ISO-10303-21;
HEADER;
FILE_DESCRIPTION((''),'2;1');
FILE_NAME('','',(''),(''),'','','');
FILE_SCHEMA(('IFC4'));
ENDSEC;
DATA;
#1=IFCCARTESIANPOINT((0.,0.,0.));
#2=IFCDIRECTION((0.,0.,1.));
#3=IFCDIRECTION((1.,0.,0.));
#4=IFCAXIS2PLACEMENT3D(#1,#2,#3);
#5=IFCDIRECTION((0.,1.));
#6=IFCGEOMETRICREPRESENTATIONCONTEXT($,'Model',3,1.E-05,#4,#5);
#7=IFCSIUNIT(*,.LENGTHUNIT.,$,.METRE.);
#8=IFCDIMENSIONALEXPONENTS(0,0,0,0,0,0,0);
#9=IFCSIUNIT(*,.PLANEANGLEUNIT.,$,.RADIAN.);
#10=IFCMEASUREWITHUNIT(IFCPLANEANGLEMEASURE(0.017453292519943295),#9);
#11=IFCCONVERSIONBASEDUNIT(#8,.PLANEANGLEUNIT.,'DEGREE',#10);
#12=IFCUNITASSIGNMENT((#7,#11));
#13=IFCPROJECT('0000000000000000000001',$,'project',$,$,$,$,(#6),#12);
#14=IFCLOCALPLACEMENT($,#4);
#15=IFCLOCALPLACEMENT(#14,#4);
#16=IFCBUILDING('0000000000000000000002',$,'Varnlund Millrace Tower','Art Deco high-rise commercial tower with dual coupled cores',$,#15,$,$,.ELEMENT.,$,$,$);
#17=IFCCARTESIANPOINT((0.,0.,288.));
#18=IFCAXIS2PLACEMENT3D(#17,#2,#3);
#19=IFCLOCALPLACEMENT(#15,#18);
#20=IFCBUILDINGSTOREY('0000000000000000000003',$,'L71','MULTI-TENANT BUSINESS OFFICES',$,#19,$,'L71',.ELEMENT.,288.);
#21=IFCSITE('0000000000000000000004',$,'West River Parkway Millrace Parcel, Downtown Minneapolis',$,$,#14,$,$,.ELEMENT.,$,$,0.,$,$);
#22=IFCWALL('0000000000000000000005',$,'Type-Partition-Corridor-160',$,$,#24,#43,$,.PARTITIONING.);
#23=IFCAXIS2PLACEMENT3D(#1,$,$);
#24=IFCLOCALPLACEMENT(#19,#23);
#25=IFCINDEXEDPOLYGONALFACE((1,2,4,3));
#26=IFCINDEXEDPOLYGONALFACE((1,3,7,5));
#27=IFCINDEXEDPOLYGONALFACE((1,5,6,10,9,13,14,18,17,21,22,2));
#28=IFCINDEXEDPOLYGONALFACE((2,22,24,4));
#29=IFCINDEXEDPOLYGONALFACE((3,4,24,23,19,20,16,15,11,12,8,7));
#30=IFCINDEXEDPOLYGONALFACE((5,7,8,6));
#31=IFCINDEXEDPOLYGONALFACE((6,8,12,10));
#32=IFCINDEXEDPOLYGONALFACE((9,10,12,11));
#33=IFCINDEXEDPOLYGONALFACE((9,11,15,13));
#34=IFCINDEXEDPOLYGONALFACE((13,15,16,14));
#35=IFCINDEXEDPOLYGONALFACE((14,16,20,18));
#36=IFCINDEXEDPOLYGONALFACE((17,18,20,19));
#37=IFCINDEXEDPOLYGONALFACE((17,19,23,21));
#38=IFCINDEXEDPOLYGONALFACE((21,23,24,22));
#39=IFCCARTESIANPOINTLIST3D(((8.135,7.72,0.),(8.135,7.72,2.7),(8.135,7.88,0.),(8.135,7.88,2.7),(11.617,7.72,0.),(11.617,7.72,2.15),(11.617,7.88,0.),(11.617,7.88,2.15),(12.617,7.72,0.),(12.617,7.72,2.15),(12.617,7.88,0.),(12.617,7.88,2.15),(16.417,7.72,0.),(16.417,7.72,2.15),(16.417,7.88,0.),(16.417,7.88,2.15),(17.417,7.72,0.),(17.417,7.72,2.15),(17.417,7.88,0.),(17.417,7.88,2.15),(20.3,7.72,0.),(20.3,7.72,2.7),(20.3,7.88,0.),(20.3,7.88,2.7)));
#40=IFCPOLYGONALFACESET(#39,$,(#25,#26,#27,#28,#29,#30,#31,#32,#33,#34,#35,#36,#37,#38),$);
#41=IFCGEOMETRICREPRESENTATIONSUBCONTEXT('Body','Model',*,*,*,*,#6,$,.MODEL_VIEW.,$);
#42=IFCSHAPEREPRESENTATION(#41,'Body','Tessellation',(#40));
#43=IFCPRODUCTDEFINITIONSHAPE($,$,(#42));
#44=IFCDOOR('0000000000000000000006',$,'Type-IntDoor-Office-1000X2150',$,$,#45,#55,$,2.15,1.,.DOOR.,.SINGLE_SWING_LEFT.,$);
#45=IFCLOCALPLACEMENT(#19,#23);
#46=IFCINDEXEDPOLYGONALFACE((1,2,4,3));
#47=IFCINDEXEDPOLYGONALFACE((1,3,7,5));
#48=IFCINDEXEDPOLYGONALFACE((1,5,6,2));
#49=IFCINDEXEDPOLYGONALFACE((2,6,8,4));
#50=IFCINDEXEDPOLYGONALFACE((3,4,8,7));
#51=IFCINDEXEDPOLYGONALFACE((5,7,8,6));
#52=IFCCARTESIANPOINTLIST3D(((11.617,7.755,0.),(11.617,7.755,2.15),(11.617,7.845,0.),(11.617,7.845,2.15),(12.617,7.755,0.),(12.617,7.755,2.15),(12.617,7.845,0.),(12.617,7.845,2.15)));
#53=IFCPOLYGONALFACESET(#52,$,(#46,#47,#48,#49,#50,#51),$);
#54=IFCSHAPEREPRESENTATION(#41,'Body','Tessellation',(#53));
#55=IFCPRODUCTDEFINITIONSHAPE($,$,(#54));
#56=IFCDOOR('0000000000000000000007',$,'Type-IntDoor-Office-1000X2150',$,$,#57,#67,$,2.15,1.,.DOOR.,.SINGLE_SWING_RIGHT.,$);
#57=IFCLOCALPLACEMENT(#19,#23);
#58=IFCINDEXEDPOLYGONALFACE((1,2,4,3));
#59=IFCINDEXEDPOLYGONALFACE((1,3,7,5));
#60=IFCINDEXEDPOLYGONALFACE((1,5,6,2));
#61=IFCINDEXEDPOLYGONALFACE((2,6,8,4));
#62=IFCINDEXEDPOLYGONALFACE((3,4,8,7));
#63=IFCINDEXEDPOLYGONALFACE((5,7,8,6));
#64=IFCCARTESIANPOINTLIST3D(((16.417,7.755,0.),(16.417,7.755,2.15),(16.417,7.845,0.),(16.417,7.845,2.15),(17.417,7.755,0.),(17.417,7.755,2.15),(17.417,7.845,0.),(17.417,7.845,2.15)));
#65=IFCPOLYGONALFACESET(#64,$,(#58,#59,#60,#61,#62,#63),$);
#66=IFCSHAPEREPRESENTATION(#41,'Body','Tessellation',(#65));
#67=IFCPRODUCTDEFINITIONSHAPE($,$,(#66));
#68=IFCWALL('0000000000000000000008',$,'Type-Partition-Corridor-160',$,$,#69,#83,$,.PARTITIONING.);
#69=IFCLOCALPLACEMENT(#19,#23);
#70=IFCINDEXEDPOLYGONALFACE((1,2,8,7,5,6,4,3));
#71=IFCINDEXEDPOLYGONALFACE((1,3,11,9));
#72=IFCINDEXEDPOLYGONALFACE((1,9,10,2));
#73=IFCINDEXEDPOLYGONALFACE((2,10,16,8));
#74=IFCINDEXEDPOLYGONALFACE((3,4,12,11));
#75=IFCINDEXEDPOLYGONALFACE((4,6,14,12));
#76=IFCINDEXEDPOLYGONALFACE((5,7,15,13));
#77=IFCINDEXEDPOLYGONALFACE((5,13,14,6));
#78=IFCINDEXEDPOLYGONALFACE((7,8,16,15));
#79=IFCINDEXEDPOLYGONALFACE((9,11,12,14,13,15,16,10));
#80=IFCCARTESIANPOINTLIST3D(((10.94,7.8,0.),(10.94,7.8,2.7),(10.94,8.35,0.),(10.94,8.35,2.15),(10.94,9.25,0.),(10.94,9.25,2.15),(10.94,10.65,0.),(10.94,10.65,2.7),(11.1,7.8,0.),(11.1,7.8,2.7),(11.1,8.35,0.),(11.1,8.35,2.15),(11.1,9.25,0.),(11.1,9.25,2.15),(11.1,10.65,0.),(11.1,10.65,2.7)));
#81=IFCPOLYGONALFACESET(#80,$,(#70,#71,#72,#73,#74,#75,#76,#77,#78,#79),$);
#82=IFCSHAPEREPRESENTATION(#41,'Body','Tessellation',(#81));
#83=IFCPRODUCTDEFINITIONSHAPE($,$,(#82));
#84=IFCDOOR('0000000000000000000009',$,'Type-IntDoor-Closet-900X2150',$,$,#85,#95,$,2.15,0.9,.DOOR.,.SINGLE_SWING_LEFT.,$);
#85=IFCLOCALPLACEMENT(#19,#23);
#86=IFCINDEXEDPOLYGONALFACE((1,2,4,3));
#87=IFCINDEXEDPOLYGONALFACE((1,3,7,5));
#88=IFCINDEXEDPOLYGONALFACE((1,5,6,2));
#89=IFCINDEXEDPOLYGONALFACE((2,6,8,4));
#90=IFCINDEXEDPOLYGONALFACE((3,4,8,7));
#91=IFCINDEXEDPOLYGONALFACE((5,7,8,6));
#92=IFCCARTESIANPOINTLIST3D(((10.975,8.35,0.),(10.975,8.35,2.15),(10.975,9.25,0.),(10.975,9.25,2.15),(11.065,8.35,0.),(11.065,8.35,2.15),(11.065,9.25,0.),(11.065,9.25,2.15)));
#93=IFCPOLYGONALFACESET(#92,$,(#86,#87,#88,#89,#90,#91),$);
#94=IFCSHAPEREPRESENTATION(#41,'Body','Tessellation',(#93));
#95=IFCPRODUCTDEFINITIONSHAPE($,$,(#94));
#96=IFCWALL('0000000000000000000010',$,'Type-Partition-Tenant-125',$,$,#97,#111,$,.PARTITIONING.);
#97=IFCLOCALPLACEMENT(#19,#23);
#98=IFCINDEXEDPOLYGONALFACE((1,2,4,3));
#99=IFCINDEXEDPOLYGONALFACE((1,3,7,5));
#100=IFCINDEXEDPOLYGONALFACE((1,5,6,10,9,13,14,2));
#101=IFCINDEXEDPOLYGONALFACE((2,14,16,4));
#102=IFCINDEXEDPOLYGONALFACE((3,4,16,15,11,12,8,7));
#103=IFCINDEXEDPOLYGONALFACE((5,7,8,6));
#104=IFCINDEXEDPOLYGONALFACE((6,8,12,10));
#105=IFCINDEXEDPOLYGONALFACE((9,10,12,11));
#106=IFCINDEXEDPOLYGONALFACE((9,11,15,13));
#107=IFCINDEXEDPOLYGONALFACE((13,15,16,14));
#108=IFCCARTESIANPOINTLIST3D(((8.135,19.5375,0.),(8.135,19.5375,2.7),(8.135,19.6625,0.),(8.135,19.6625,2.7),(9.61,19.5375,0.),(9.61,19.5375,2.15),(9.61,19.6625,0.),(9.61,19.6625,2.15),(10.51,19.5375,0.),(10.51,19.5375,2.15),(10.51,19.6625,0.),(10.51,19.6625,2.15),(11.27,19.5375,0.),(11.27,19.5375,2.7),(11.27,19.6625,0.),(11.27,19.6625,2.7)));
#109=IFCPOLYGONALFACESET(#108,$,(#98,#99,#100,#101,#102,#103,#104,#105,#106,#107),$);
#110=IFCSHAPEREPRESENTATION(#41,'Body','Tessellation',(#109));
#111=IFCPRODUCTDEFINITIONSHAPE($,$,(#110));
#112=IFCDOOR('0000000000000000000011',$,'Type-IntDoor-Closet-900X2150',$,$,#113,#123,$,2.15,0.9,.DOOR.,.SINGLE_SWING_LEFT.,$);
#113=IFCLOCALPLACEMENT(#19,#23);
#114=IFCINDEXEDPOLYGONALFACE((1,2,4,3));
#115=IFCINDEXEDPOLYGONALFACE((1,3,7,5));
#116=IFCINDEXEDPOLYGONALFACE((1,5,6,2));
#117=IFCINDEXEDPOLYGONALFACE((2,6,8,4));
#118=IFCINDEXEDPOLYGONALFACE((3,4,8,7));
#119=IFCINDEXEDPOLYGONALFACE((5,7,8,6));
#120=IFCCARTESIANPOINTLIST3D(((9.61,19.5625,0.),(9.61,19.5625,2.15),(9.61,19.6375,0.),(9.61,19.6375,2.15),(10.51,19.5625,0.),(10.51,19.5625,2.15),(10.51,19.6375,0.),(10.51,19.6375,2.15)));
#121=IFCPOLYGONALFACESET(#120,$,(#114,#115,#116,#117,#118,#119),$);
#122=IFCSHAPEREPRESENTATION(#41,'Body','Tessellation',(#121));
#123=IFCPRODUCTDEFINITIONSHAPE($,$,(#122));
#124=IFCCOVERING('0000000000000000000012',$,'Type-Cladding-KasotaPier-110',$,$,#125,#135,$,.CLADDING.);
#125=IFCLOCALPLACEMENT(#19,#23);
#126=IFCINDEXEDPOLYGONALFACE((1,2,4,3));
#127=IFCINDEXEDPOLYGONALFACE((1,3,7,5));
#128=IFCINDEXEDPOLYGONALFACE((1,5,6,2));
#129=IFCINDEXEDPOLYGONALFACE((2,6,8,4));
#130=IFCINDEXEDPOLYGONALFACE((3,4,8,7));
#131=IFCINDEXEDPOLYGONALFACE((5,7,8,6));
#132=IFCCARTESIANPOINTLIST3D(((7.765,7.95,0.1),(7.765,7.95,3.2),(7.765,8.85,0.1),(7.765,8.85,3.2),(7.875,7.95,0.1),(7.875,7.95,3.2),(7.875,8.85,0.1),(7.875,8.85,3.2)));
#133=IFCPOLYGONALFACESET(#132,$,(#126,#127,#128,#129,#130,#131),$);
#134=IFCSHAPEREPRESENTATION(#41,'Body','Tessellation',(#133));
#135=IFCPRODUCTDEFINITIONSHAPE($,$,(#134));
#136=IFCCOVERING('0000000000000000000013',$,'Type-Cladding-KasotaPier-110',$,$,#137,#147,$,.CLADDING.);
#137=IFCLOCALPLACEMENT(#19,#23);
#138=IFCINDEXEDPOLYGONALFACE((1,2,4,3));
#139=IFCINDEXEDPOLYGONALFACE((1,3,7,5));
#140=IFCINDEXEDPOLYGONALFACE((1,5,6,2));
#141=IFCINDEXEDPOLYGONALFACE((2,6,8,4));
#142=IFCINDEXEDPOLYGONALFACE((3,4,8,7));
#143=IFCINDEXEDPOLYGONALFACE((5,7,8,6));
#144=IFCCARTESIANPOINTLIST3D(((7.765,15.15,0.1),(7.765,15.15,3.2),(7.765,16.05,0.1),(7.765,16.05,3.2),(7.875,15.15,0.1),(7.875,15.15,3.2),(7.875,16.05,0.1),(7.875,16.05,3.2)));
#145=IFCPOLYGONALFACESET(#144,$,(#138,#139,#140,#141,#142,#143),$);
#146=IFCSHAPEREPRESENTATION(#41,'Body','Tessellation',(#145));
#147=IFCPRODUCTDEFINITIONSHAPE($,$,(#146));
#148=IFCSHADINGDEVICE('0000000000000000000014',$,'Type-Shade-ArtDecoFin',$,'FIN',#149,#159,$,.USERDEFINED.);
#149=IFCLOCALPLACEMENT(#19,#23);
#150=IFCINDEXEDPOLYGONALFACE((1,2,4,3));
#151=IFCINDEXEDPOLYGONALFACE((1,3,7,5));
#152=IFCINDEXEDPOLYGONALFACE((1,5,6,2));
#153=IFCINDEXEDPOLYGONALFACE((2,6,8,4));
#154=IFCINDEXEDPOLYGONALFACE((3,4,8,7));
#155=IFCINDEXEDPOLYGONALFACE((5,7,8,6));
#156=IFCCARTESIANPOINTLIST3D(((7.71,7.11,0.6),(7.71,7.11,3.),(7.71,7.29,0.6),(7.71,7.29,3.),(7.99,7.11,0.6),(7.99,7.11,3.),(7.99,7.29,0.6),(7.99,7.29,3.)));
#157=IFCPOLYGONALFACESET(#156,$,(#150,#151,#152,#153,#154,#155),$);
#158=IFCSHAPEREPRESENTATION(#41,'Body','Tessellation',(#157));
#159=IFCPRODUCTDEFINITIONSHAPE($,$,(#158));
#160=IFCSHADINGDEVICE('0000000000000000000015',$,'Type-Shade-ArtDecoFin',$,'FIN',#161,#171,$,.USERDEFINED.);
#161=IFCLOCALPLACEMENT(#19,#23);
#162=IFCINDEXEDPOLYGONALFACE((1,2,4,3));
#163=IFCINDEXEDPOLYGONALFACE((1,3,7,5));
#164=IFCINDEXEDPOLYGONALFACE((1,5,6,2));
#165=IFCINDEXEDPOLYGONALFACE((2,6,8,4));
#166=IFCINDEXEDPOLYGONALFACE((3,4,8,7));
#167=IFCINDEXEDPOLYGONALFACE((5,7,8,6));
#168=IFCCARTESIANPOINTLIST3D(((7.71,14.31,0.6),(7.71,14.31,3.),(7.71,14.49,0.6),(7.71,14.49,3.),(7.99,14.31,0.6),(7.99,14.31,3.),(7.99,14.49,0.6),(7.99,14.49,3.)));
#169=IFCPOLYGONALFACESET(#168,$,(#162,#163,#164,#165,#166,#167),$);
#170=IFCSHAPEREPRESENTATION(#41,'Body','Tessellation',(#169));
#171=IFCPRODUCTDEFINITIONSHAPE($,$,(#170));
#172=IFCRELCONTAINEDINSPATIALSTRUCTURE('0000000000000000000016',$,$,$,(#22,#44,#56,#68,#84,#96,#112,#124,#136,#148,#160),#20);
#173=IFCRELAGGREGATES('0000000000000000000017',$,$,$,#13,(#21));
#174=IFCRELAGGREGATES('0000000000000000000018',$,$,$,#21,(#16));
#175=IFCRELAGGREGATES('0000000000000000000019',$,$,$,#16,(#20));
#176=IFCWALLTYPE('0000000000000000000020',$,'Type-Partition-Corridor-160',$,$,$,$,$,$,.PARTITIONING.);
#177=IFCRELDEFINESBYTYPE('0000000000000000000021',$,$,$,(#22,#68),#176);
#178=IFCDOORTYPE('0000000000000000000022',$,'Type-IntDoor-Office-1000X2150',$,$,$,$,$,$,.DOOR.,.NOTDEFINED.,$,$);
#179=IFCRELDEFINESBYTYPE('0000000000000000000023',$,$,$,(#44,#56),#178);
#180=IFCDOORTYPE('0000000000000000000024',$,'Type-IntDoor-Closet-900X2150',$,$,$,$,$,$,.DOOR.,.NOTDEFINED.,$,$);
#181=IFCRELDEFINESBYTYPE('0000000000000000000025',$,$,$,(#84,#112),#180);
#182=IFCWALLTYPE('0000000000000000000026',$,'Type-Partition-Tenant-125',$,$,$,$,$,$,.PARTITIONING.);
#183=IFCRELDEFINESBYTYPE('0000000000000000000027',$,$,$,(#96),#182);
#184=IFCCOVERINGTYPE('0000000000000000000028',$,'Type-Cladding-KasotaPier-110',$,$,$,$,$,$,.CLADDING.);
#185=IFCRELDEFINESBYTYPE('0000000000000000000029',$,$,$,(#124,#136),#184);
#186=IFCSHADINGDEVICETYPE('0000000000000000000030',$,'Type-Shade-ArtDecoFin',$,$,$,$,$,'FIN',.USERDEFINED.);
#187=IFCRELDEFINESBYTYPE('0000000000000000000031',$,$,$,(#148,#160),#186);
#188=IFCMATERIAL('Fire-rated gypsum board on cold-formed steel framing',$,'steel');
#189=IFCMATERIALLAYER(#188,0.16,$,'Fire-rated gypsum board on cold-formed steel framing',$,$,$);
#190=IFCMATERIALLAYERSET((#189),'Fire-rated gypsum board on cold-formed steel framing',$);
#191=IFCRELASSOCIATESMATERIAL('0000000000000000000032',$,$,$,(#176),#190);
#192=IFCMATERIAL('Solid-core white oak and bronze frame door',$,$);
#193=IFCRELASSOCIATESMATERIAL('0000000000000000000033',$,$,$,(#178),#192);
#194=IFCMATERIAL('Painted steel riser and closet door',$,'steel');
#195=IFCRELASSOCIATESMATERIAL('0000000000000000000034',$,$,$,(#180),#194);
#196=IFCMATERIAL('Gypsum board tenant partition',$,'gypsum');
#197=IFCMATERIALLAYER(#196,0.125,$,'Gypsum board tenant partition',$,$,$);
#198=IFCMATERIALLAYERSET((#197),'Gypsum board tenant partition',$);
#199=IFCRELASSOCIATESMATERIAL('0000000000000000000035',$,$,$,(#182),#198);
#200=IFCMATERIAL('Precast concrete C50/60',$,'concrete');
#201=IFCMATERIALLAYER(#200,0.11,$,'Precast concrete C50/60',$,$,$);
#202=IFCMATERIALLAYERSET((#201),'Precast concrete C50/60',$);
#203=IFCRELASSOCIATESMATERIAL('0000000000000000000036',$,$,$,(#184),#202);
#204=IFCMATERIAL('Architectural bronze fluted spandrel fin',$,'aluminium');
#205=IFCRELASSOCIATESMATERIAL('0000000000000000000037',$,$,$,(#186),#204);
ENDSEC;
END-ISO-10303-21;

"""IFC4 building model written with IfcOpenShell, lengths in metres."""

from ifc_helpers import new_model, entity, si_unit, converted_unit, direction, frame, origin_with_axes, origin_2d_with_axis, place, context, subcontext, project, spatial, polyline, rectangle, outline, extrude, material, layer, layer_set, type_object, element, fill, save


model = new_model("IFC4")

# Units and contexts
model_context = context("Model", 3, precision=1e-05, world=origin_with_axes(), true_north=direction((0.0, 1.0)))
body_context = subcontext(model_context, "Body", "Model", "MODEL_VIEW")
ifc_project = project(units=[si_unit("LENGTHUNIT", "METRE"), converted_unit("PLANEANGLEUNIT", "DEGREE", entity("IfcPlaneAngleMeasure", 0.017453292519943295), si_unit("PLANEANGLEUNIT", "RADIAN"), dimensions=[0, 0, 0, 0, 0, 0, 0])], contexts=[model_context])

# Site, building, storey
site_placement = place(None, origin_with_axes())
site = spatial("IfcSite", under=ifc_project, at=site_placement, Name="West River Parkway Millrace Parcel, Downtown Minneapolis", CompositionType="ELEMENT", RefElevation=0.0)
building_placement = place(site_placement, origin_with_axes())
building = spatial("IfcBuilding", under=site, at=building_placement, Name="Varnlund Millrace Tower", Description="Art Deco high-rise commercial tower with dual coupled cores", CompositionType="ELEMENT")
storey_placement = place(building_placement, frame((0.0, 0.0, 288.0), z_axis=(0.0, 0.0, 1.0), x_axis=(1.0, 0.0, 0.0)))
storey = spatial("IfcBuildingStorey", under=building, at=storey_placement, Name="L71", Description="MULTI-TENANT BUSINESS OFFICES", LongName="L71", CompositionType="ELEMENT", Elevation=288.0)

# Shared definitions
ifc_material_1 = material(Name="Precast concrete C50/60", Category="concrete")

# Wall, openings, doors
ifc_material_2 = material(Name="Fire-rated gypsum board on cold-formed steel framing", Category="steel")
ifc_layer_1 = layer(ifc_material_2, 0.16, Name="Fire-rated gypsum board on cold-formed steel framing")
ifc_layer_set_1 = layer_set([ifc_layer_1], Name="Fire-rated gypsum board on cold-formed steel framing")
wall_type_1 = type_object("IfcWallType", Name="Type-Partition-Corridor-160", PredefinedType="PARTITIONING", material=ifc_layer_set_1)
wall_1_placement = place(storey_placement, frame((8.135, 7.8, 0.0), z_axis=(0.0, 0.0, 1.0), x_axis=(1.0, 0.0, 0.0)))
wall_1 = element("IfcWall", 1, at=wall_1_placement, inside=storey, type_object=wall_type_1, Name="Type-Partition-Corridor-160", PredefinedType="PARTITIONING", context=body_context, shape_type="SweptSolid", body=[
    extrude(outline(polyline([(0.0, -0.08), (12.165, -0.08), (12.165, 0.08), (0.0, 0.08), (0.0, -0.08)])), origin_with_axes(), (0.0, 0.0, 1.0), 2.7),
])
opening_1_placement = place(wall_1_placement, frame((3.982, 0.0, 0.0), z_axis=(0.0, 0.0, 1.0), x_axis=(1.0, 0.0, 0.0)))
opening_1 = element("IfcOpeningElement", 2, at=opening_1_placement, cuts=wall_1, PredefinedType="OPENING", context=body_context, shape_type="SweptSolid", body=[
    extrude(rectangle(XDim=1.0, YDim=0.18, at=origin_2d_with_axis()), origin_with_axes(), (0.0, 0.0, 1.0), 2.15),
])
opening_2_placement = place(wall_1_placement, frame((8.782, 0.0, 0.0), z_axis=(0.0, 0.0, 1.0), x_axis=(1.0, 0.0, 0.0)))
opening_2 = element("IfcOpeningElement", 3, at=opening_2_placement, cuts=wall_1, PredefinedType="OPENING", context=body_context, shape_type="SweptSolid", body=[
    extrude(rectangle(XDim=1.0, YDim=0.18, at=origin_2d_with_axis()), origin_with_axes(), (0.0, 0.0, 1.0), 2.15),
])
ifc_material_3 = material(Name="Solid-core white oak and bronze frame door")
door_type_1 = type_object("IfcDoorType", Name="Type-IntDoor-Office-1000X2150", OperationType="NOTDEFINED", PredefinedType="DOOR", material=ifc_material_3)
door_1_placement = place(wall_1_placement, frame((3.982, 0.0, 0.0), z_axis=(0.0, 0.0, 1.0), x_axis=(1.0, 0.0, 0.0)))
door_1 = element("IfcDoor", 4, at=door_1_placement, inside=storey, type_object=door_type_1, Name="Type-IntDoor-Office-1000X2150", OperationType="SINGLE_SWING_LEFT", OverallHeight=2.15, OverallWidth=1.0, PredefinedType="DOOR", context=body_context, shape_type="SweptSolid", body=[
    extrude(rectangle(XDim=1.0, YDim=0.09, at=origin_2d_with_axis()), origin_with_axes(), (0.0, 0.0, 1.0), 2.15),
])
fill(opening_1, door_1)
door_2_placement = place(wall_1_placement, frame((8.782, 0.0, 0.0), z_axis=(0.0, 0.0, 1.0), x_axis=(1.0, 0.0, 0.0)))
door_2 = element("IfcDoor", 5, at=door_2_placement, inside=storey, type_object=door_type_1, Name="Type-IntDoor-Office-1000X2150", OperationType="SINGLE_SWING_RIGHT", OverallHeight=2.15, OverallWidth=1.0, PredefinedType="DOOR", context=body_context, shape_type="SweptSolid", body=[
    extrude(rectangle(XDim=1.0, YDim=0.09, at=origin_2d_with_axis()), origin_with_axes(), (0.0, 0.0, 1.0), 2.15),
])
fill(opening_2, door_2)

# Walls, openings, doors
wall_2_placement = place(storey_placement, frame((11.02, 7.8, 0.0), z_axis=(0.0, 0.0, 1.0), x_axis=(0.0, 1.0, 0.0)))
wall_2 = element("IfcWall", 6, at=wall_2_placement, inside=storey, type_object=wall_type_1, Name="Type-Partition-Corridor-160", PredefinedType="PARTITIONING", context=body_context, shape_type="SweptSolid", body=[
    extrude(outline(polyline([(0.0, -0.08), (2.85, -0.08), (2.85, 0.08), (0.0, 0.08), (0.0, -0.08)])), origin_with_axes(), (0.0, 0.0, 1.0), 2.7),
])
opening_3_placement = place(wall_2_placement, frame((1.0, 0.0, 0.0), z_axis=(0.0, 0.0, 1.0), x_axis=(1.0, 0.0, 0.0)))
opening_3 = element("IfcOpeningElement", 7, at=opening_3_placement, cuts=wall_2, PredefinedType="OPENING", context=body_context, shape_type="SweptSolid", body=[
    extrude(rectangle(XDim=0.9, YDim=0.18, at=origin_2d_with_axis()), origin_with_axes(), (0.0, 0.0, 1.0), 2.15),
])
ifc_material_4 = material(Name="Painted steel riser and closet door", Category="steel")
door_type_2 = type_object("IfcDoorType", Name="Type-IntDoor-Closet-900X2150", OperationType="NOTDEFINED", PredefinedType="DOOR", material=ifc_material_4)
door_3_placement = place(wall_2_placement, frame((1.0, 0.0, 0.0), z_axis=(0.0, 0.0, 1.0), x_axis=(1.0, 0.0, 0.0)))
door_3 = element("IfcDoor", 8, at=door_3_placement, inside=storey, type_object=door_type_2, Name="Type-IntDoor-Closet-900X2150", OperationType="SINGLE_SWING_LEFT", OverallHeight=2.15, OverallWidth=0.9, PredefinedType="DOOR", context=body_context, shape_type="SweptSolid", body=[
    extrude(rectangle(XDim=0.9, YDim=0.09, at=origin_2d_with_axis()), origin_with_axes(), (0.0, 0.0, 1.0), 2.15),
])
fill(opening_3, door_3)
ifc_material_5 = material(Name="Gypsum board tenant partition", Category="gypsum")
ifc_layer_2 = layer(ifc_material_5, 0.125, Name="Gypsum board tenant partition")
ifc_layer_set_2 = layer_set([ifc_layer_2], Name="Gypsum board tenant partition")
wall_type_2 = type_object("IfcWallType", Name="Type-Partition-Tenant-125", PredefinedType="PARTITIONING", material=ifc_layer_set_2)
wall_3_placement = place(storey_placement, frame((8.135, 19.6, 0.0), z_axis=(0.0, 0.0, 1.0), x_axis=(1.0, 0.0, 0.0)))
wall_3 = element("IfcWall", 9, at=wall_3_placement, inside=storey, type_object=wall_type_2, Name="Type-Partition-Tenant-125", PredefinedType="PARTITIONING", context=body_context, shape_type="SweptSolid", body=[
    extrude(outline(polyline([(0.0, -0.0625), (3.135, -0.0625), (3.135, 0.0625), (0.0, 0.0625), (0.0, -0.0625)])), origin_with_axes(), (0.0, 0.0, 1.0), 2.7),
])
opening_4_placement = place(wall_3_placement, frame((1.925, 0.0, 0.0), z_axis=(0.0, 0.0, 1.0), x_axis=(1.0, 0.0, 0.0)))
opening_4 = element("IfcOpeningElement", 10, at=opening_4_placement, cuts=wall_3, PredefinedType="OPENING", context=body_context, shape_type="SweptSolid", body=[
    extrude(rectangle(XDim=0.9, YDim=0.145, at=origin_2d_with_axis()), origin_with_axes(), (0.0, 0.0, 1.0), 2.15),
])
door_4_placement = place(wall_3_placement, frame((1.925, 0.0, 0.0), z_axis=(0.0, 0.0, 1.0), x_axis=(1.0, 0.0, 0.0)))
door_4 = element("IfcDoor", 11, at=door_4_placement, inside=storey, type_object=door_type_2, Name="Type-IntDoor-Closet-900X2150", OperationType="SINGLE_SWING_LEFT", OverallHeight=2.15, OverallWidth=0.9, PredefinedType="DOOR", context=body_context, shape_type="SweptSolid", body=[
    extrude(rectangle(XDim=0.9, YDim=0.075, at=origin_2d_with_axis()), origin_with_axes(), (0.0, 0.0, 1.0), 2.15),
])
fill(opening_4, door_4)

# Coverings
ifc_layer_3 = layer(ifc_material_1, 0.11, Name="Precast concrete C50/60")
ifc_layer_set_3 = layer_set([ifc_layer_3], Name="Precast concrete C50/60")
covering_type = type_object("IfcCoveringType", Name="Type-Cladding-KasotaPier-110", PredefinedType="CLADDING", material=ifc_layer_set_3)
for number, where, z_axis, x_axis, name in (
    (12, (7.82, 8.4, 0.1), (0.0, 0.0, 1.0), (1.0, 0.0, 0.0), "Type-Cladding-KasotaPier-110"),
    (13, (7.82, 15.6, 0.1), (0.0, 0.0, 1.0), (1.0, 0.0, 0.0), "Type-Cladding-KasotaPier-110"),
):
    element("IfcCovering", number, at=place(storey_placement, frame(where, z_axis=z_axis, x_axis=x_axis)), inside=storey, type_object=covering_type, Name=name, PredefinedType="CLADDING", context=body_context, shape_type="SweptSolid", body=[
        extrude(rectangle(XDim=0.11, YDim=0.9, at=origin_2d_with_axis()), origin_with_axes(), (0.0, 0.0, 1.0), 3.1),
    ])

# Shading devices
ifc_material_6 = material(Name="Architectural bronze fluted spandrel fin", Category="aluminium")
shading_device_type = type_object("IfcShadingDeviceType", Name="Type-Shade-ArtDecoFin", ElementType="FIN", PredefinedType="USERDEFINED", material=ifc_material_6)
for number, where, z_axis, x_axis, name in (
    (14, (7.85, 7.2, 0.6), (0.0, 0.0, 1.0), (1.0, 0.0, 0.0), "Type-Shade-ArtDecoFin"),
    (15, (7.85, 14.4, 0.6), (0.0, 0.0, 1.0), (1.0, 0.0, 0.0), "Type-Shade-ArtDecoFin"),
):
    element("IfcShadingDevice", number, at=place(storey_placement, frame(where, z_axis=z_axis, x_axis=x_axis)), inside=storey, type_object=shading_device_type, Name=name, ObjectType="FIN", PredefinedType="USERDEFINED", context=body_context, shape_type="SweptSolid", body=[
        extrude(rectangle(XDim=0.28, YDim=0.18, at=origin_2d_with_axis()), origin_with_axes(), (0.0, 0.0, 1.0), 2.4),
    ])

save(model, "model.ifc")
